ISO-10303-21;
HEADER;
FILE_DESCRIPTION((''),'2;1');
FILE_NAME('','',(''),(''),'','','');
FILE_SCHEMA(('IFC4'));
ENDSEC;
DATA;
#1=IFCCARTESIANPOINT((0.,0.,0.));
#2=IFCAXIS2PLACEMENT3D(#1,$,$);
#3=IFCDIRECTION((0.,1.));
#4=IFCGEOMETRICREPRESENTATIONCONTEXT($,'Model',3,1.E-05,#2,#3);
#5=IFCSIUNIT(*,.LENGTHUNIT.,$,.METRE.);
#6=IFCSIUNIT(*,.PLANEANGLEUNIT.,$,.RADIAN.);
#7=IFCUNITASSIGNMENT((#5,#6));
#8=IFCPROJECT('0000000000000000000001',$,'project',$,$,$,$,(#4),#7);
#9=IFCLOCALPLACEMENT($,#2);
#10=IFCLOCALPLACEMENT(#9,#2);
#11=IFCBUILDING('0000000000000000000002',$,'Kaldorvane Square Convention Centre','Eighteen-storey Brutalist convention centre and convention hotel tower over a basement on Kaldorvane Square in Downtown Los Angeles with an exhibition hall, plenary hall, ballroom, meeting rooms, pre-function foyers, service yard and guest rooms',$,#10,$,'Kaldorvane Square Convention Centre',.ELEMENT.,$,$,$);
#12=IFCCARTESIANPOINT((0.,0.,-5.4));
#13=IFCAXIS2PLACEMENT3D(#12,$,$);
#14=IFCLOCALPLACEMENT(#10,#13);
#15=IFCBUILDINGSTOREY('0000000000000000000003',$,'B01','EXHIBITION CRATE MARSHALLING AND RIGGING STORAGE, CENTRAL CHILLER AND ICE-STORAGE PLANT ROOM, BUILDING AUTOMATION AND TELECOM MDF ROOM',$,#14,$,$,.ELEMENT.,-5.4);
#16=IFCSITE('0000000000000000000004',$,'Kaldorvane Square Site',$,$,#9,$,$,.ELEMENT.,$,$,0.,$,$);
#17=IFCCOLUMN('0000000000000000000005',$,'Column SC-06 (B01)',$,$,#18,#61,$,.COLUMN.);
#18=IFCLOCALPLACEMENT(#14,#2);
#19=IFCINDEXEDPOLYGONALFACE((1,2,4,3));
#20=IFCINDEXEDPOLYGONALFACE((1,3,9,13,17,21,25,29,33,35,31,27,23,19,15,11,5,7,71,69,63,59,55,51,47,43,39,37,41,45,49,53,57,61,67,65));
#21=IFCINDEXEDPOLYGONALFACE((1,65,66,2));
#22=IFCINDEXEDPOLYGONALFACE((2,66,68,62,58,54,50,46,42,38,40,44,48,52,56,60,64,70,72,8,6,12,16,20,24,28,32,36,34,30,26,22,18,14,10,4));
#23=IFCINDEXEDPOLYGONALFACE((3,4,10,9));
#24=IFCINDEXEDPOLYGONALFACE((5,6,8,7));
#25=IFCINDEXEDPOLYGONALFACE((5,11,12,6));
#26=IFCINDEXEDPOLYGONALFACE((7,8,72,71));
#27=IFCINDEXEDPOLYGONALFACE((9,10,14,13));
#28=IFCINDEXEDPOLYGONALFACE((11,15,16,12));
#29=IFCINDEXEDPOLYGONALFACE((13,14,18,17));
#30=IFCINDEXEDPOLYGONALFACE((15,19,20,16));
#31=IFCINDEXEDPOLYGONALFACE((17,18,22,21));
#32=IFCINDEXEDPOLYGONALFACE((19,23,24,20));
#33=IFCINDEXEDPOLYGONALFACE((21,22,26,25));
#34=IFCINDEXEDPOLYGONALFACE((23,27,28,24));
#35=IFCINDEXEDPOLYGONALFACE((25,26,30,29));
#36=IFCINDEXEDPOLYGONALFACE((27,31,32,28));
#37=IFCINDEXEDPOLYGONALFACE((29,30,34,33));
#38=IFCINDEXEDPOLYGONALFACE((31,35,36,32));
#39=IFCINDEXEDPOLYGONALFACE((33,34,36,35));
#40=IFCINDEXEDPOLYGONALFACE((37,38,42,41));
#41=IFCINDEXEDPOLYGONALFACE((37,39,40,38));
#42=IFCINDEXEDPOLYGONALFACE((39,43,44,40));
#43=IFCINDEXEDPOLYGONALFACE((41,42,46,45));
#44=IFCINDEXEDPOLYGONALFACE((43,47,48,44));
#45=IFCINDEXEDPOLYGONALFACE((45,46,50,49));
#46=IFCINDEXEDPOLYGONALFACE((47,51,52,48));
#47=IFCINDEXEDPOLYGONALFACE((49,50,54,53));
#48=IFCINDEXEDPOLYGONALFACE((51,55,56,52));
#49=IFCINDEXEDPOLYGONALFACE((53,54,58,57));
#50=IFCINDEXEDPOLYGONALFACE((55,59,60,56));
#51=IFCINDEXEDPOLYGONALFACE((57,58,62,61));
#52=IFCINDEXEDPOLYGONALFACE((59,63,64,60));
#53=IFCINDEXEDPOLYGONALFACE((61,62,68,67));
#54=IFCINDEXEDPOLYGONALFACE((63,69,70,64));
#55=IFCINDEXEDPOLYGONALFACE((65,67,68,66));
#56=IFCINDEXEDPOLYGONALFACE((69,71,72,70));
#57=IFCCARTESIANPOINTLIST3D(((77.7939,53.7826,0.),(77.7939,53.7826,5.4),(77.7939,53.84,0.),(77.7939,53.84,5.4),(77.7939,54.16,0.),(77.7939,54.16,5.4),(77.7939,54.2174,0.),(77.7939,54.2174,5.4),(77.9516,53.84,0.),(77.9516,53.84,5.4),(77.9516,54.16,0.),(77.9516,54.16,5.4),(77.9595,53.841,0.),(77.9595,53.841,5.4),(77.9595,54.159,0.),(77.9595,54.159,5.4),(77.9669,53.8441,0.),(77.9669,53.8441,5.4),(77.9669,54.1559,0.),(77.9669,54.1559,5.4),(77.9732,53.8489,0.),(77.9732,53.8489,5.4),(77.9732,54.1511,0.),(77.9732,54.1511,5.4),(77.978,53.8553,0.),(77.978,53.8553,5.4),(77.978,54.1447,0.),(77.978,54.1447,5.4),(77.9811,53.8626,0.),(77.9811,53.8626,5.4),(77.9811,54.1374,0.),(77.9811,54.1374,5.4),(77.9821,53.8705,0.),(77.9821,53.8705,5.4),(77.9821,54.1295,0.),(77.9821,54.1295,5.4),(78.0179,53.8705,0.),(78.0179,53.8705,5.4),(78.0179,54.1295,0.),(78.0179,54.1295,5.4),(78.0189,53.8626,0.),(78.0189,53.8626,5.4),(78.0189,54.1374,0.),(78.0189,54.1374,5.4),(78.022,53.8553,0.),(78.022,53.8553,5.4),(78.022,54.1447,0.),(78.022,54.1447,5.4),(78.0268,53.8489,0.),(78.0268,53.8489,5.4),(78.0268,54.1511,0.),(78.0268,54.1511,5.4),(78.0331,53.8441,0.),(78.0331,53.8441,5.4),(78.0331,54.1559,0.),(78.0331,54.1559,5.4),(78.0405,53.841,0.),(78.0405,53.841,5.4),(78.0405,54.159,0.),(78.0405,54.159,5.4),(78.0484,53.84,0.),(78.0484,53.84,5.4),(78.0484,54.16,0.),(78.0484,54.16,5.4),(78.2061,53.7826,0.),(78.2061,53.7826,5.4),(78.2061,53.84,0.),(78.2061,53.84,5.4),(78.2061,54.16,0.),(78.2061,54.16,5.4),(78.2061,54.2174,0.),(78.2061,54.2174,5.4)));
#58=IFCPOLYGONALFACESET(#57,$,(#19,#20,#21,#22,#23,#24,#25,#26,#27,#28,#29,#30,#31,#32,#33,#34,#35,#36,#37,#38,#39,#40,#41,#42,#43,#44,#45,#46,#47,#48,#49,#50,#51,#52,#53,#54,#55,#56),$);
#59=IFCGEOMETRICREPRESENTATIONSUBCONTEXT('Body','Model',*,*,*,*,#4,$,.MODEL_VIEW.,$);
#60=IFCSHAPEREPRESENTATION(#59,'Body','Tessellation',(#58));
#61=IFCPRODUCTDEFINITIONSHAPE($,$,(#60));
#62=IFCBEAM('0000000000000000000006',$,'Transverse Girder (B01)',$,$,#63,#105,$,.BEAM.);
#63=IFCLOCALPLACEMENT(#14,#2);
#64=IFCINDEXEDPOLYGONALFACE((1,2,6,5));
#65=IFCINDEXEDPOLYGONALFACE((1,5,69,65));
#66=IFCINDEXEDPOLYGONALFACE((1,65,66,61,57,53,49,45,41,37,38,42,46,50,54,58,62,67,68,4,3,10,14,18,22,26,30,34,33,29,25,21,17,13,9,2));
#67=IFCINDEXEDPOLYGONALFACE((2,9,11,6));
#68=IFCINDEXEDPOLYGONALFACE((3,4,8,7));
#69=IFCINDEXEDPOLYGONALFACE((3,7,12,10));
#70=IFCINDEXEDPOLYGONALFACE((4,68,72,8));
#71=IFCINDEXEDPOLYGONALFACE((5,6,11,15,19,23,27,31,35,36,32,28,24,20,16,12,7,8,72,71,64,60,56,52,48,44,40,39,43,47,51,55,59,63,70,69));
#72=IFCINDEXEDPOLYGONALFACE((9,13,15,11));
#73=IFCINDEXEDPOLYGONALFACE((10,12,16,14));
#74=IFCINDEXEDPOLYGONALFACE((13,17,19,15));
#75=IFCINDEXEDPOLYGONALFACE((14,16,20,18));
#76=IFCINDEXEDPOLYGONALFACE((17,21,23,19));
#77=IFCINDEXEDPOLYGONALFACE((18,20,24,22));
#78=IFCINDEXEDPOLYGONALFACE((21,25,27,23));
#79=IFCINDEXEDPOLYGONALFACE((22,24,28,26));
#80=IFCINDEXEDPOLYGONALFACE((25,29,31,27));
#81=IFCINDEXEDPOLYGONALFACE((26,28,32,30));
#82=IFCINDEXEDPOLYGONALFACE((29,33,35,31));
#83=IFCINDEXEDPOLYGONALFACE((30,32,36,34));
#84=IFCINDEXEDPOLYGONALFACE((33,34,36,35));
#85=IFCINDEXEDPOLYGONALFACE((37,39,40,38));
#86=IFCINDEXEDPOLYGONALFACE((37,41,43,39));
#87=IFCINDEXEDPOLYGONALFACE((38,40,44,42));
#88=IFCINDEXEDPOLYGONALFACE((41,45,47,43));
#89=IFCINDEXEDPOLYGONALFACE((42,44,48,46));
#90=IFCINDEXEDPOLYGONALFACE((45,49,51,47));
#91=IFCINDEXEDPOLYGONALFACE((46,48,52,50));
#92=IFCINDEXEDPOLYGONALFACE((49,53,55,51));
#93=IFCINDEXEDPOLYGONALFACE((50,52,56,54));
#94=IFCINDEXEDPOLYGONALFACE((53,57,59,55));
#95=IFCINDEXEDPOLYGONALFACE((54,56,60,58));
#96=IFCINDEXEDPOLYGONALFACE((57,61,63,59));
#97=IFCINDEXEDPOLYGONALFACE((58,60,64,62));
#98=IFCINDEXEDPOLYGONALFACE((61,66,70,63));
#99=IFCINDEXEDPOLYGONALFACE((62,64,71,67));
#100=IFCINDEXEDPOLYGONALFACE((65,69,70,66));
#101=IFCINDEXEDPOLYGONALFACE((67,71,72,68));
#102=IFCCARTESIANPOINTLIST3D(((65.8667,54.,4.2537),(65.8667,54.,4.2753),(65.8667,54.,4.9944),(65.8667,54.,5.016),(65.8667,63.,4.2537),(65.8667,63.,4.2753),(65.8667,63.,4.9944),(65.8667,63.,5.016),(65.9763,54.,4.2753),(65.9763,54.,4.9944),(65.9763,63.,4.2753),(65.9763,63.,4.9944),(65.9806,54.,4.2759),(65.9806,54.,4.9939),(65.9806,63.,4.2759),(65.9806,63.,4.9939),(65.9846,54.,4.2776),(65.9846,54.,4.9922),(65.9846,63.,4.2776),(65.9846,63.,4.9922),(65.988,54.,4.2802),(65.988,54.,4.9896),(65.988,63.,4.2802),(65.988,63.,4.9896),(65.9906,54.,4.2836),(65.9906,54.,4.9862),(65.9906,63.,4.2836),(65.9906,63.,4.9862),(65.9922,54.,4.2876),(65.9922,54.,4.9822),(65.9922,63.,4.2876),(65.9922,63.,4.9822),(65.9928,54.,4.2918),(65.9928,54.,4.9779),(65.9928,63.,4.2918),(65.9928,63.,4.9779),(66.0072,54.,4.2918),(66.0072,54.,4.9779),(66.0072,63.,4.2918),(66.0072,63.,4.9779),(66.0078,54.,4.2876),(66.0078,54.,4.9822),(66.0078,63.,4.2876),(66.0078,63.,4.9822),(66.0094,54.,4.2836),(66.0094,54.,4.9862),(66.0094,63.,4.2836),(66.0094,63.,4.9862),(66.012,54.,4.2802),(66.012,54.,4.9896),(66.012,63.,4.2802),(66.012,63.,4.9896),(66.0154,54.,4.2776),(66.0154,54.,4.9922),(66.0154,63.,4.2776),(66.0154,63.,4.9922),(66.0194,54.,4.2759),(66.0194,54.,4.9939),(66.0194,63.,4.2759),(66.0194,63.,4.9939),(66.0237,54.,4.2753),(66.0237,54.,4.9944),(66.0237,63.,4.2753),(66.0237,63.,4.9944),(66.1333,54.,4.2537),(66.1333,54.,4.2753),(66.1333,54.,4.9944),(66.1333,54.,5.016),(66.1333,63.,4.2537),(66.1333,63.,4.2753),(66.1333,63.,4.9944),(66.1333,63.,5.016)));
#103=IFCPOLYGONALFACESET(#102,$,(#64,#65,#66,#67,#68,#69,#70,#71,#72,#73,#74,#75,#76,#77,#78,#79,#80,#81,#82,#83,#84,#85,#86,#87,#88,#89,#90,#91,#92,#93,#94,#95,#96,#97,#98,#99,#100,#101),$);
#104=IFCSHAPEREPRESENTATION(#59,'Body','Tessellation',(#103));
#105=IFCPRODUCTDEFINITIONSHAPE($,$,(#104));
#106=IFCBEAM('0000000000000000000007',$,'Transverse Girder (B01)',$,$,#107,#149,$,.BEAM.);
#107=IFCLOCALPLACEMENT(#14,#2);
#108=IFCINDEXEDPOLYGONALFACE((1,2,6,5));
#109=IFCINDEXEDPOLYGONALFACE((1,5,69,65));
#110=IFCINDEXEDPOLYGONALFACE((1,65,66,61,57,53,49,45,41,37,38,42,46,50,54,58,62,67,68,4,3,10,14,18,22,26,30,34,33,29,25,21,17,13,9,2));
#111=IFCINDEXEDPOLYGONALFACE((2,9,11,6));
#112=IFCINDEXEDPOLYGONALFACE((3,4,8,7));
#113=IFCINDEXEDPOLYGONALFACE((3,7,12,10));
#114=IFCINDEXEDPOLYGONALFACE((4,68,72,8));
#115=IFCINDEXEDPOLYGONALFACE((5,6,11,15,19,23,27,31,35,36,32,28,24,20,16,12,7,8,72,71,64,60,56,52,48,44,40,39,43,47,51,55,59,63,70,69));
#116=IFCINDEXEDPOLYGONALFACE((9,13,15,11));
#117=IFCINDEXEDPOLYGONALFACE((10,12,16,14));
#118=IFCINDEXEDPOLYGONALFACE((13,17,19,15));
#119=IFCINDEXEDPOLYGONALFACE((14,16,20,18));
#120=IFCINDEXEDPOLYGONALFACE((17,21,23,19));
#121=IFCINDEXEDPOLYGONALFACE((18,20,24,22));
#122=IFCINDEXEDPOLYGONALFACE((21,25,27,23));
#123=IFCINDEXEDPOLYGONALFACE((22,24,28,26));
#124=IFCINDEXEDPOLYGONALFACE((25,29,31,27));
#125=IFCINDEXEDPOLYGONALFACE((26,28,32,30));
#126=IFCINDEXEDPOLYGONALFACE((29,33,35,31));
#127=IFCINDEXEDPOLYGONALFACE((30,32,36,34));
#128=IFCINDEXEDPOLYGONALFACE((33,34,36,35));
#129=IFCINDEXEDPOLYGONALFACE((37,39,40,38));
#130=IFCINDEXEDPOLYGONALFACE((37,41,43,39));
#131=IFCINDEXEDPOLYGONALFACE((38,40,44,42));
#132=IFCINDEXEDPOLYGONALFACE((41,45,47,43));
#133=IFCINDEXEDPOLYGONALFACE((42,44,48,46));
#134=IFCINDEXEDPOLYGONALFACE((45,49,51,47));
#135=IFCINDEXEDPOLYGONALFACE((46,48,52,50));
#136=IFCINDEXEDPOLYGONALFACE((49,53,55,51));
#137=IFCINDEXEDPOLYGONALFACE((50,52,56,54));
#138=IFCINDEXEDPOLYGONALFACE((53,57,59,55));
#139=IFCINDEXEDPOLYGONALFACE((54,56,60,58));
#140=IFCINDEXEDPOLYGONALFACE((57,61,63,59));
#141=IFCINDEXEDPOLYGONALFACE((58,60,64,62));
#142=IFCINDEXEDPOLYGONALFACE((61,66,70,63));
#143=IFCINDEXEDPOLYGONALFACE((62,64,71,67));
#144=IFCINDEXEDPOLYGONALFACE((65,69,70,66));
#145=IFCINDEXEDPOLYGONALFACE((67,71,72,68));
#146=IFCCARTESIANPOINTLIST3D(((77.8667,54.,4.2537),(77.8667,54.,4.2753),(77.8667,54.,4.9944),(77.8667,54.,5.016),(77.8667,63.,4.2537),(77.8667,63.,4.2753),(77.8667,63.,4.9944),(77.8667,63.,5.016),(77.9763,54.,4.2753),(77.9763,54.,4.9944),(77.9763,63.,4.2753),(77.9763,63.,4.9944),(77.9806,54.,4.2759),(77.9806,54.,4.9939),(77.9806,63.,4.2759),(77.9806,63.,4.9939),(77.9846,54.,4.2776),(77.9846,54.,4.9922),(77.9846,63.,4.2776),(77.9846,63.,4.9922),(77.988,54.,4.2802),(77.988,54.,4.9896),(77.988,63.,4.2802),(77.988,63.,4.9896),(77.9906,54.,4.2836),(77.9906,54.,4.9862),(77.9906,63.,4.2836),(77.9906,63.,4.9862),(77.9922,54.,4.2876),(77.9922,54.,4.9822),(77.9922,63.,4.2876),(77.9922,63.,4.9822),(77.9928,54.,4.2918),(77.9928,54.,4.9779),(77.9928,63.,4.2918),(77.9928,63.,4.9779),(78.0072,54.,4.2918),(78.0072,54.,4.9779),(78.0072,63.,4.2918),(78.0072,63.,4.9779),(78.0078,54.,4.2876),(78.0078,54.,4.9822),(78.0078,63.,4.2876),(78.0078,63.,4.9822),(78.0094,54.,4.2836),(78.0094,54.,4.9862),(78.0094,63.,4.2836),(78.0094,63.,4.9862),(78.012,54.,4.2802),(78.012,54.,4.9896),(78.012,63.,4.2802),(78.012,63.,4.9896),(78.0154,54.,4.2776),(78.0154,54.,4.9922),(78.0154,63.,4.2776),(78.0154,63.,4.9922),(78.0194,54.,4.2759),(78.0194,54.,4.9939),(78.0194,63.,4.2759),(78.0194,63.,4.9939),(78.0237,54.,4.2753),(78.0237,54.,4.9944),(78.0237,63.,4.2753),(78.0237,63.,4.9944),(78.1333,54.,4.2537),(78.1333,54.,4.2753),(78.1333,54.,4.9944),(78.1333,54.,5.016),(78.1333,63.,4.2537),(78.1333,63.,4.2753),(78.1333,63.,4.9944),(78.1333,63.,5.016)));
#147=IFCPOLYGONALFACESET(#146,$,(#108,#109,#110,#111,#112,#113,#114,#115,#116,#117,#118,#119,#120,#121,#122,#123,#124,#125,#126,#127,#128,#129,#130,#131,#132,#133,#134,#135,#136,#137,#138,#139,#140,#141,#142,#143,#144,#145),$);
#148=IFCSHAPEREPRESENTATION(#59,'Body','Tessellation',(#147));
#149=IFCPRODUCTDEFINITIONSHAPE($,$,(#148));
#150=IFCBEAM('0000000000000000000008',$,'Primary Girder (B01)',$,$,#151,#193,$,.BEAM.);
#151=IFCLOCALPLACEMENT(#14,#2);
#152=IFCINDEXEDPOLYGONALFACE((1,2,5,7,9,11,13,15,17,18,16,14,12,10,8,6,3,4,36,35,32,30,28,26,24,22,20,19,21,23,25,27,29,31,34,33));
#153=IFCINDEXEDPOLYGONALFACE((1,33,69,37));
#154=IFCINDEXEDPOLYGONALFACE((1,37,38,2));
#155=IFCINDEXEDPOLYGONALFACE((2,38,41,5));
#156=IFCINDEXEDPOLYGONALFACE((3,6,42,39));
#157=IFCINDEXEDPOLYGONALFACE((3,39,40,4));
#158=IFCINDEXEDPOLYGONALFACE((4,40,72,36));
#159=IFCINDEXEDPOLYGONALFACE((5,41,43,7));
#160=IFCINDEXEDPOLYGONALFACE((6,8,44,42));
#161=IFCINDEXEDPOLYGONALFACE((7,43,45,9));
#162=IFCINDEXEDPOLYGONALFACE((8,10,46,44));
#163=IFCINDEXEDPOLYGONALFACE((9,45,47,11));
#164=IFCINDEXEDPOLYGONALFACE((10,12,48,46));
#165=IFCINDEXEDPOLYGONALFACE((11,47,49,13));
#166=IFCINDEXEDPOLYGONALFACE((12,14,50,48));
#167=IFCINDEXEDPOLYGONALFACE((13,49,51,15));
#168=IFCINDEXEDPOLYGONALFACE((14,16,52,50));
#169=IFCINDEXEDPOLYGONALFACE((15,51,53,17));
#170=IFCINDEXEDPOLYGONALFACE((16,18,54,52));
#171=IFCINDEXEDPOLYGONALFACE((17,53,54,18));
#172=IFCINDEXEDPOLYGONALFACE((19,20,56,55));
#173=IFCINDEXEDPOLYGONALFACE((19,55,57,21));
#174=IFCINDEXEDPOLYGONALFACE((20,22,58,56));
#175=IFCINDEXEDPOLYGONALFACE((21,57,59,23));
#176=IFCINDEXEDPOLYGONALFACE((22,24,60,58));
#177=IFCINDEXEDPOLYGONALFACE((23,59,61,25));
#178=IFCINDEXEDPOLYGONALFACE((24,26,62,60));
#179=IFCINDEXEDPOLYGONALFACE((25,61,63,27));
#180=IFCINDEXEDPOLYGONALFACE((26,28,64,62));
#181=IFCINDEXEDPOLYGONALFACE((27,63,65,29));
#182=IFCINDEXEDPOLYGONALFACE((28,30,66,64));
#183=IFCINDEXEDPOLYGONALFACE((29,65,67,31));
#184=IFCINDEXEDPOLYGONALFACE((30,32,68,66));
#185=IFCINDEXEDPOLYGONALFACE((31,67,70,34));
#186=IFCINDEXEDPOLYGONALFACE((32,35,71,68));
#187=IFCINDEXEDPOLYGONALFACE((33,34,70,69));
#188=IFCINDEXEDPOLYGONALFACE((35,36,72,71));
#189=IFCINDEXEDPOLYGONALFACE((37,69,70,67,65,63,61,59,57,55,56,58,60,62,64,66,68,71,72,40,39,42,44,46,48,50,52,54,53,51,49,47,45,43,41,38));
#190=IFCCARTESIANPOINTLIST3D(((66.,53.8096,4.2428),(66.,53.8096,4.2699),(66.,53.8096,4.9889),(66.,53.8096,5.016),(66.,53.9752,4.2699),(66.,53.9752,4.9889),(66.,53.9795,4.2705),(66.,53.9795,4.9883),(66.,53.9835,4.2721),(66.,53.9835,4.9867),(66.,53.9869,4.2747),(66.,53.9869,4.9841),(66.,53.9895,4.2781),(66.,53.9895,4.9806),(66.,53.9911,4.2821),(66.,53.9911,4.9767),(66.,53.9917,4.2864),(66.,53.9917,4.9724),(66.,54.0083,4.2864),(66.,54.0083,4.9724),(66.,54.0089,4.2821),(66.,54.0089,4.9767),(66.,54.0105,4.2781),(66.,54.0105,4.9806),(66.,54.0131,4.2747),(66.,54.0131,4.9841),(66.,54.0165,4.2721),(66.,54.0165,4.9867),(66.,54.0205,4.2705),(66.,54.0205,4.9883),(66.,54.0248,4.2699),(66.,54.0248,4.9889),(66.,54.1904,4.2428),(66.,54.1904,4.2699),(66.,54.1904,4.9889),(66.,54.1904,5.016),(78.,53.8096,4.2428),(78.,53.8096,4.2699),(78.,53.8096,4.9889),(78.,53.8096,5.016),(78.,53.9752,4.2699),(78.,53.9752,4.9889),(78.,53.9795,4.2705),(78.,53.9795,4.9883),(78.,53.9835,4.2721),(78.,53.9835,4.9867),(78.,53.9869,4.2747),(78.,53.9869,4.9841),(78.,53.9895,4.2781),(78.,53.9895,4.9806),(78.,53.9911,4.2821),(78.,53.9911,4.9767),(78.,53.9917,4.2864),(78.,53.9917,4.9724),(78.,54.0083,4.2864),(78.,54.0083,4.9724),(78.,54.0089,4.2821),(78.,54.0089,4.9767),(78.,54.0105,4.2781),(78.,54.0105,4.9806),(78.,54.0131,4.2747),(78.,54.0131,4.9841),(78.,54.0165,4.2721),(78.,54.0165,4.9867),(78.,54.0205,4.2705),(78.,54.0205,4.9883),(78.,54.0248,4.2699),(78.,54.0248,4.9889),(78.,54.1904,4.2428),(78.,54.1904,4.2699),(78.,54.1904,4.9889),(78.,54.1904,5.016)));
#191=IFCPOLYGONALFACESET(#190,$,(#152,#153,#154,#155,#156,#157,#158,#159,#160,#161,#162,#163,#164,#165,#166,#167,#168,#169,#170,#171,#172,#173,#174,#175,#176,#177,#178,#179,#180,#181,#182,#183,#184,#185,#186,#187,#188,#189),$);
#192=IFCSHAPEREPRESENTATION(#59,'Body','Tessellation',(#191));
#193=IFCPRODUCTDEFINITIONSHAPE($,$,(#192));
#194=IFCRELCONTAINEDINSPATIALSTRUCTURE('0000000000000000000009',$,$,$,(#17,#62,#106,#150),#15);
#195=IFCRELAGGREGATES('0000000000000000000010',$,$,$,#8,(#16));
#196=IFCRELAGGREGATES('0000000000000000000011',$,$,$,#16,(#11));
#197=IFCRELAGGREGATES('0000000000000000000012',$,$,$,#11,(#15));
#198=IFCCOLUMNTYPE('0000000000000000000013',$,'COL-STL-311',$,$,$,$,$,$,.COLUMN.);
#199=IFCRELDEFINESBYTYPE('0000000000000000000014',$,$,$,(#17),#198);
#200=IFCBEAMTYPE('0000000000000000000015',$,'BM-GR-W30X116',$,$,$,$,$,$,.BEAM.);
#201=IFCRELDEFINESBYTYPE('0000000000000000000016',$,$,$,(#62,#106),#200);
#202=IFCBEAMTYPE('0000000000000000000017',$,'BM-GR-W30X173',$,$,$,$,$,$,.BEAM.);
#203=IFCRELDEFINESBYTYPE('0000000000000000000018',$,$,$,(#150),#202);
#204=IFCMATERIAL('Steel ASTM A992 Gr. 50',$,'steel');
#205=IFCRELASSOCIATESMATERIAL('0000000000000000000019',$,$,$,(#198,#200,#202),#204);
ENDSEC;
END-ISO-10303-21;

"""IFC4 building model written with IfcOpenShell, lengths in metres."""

from ifc_helpers import new_model, si_unit, direction, frame, origin, origin_2d, place, context, subcontext, project, spatial, i_section, extrude, material, material_profile, profile_set, type_object, element, save


model = new_model("IFC4")

# Units and contexts
model_context = context("Model", 3, precision=1e-05, world=origin(), true_north=direction((0.0, 1.0)))
body_context = subcontext(model_context, "Body", "Model", "MODEL_VIEW")
ifc_project = project(units=[si_unit("LENGTHUNIT", "METRE"), si_unit("PLANEANGLEUNIT", "RADIAN")], contexts=[model_context])

# Site, building, storey
site_placement = place(None, origin())
site = spatial("IfcSite", under=ifc_project, at=site_placement, Name="Kaldorvane Square Site", CompositionType="ELEMENT", RefElevation=0.0)
building_placement = place(site_placement, origin())
building = spatial("IfcBuilding", under=site, at=building_placement, Name="Kaldorvane Square Convention Centre", Description="Eighteen-storey Brutalist convention centre and convention hotel tower over a basement on Kaldorvane Square in Downtown Los Angeles with an exhibition hall, plenary hall, ballroom, meeting rooms, pre-function foyers, service yard and guest rooms", LongName="Kaldorvane Square Convention Centre", CompositionType="ELEMENT")
storey_placement = place(building_placement, frame((0.0, 0.0, -5.4)))
storey = spatial("IfcBuildingStorey", under=building, at=storey_placement, Name="B01", Description="EXHIBITION CRATE MARSHALLING AND RIGGING STORAGE, CENTRAL CHILLER AND ICE-STORAGE PLANT ROOM, BUILDING AUTOMATION AND TELECOM MDF ROOM", CompositionType="ELEMENT", Elevation=-5.4)

# Column
ifc_material_1 = material(Name="Steel ASTM A992 Gr. 50", Category="steel")
ifc_material_profile_1 = material_profile(ifc_material_1, i_section(OverallWidth=0.4122, OverallDepth=0.4348, WebThickness=0.0358, FlangeThickness=0.0574, FilletRadius=0.0305, at=origin_2d()), Name="W14X311")
ifc_profile_set_1 = profile_set([ifc_material_profile_1], Name="Steel ASTM A992 Gr. 50")
column_type = type_object("IfcColumnType", Name="COL-STL-311", PredefinedType="COLUMN", material=ifc_profile_set_1)
for number, where, z_axis, x_axis, name in (
    (1, (78.0, 54.0, 0.0), (0.0, 0.0, 1.0), (1.0, 0.0, 0.0), "Column SC-06 (B01)"),
):
    element("IfcColumn", number, at=place(storey_placement, frame(where, z_axis=z_axis, x_axis=x_axis)), inside=storey, type_object=column_type, Name=name, PredefinedType="COLUMN", context=body_context, shape_type="SweptSolid", body=[
        extrude(i_section(OverallWidth=0.4122, OverallDepth=0.4348, WebThickness=0.0358, FlangeThickness=0.0574, FilletRadius=0.0305, at=origin_2d()), origin(), (0.0, 0.0, 1.0), 5.4),
    ])

# Beams
ifc_material_profile_2 = material_profile(ifc_material_1, i_section(OverallWidth=0.2666, OverallDepth=0.7623, WebThickness=0.0144, FlangeThickness=0.0216, FilletRadius=0.0165, at=origin_2d()), Name="W30X116")
ifc_profile_set_2 = profile_set([ifc_material_profile_2], Name="Steel ASTM A992 Gr. 50")
beam_type_1 = type_object("IfcBeamType", Name="BM-GR-W30X116", PredefinedType="BEAM", material=ifc_profile_set_2)
for number, where, z_axis, x_axis, name in (
    (2, (66.0, 54.0, 4.6349), (0.0, 1.0, 0.0), (-1.0, 0.0, 0.0), "Transverse Girder (B01)"),
    (3, (78.0, 54.0, 4.6349), (0.0, 1.0, 0.0), (-1.0, 0.0, 0.0), "Transverse Girder (B01)"),
):
    element("IfcBeam", number, at=place(storey_placement, frame(where, z_axis=z_axis, x_axis=x_axis)), inside=storey, type_object=beam_type_1, Name=name, PredefinedType="BEAM", context=body_context, shape_type="SweptSolid", body=[
        extrude(i_section(OverallWidth=0.2666, OverallDepth=0.7623, WebThickness=0.0144, FlangeThickness=0.0216, FilletRadius=0.0165, at=origin_2d()), origin(), (0.0, 0.0, 1.0), 9.0),
    ])
ifc_material_profile_3 = material_profile(ifc_material_1, i_section(OverallWidth=0.3807, OverallDepth=0.7732, WebThickness=0.0166, FlangeThickness=0.0271, FilletRadius=0.0165, at=origin_2d()), Name="W30X173")
ifc_profile_set_3 = profile_set([ifc_material_profile_3], Name="Steel ASTM A992 Gr. 50")
beam_type_2 = type_object("IfcBeamType", Name="BM-GR-W30X173", PredefinedType="BEAM", material=ifc_profile_set_3)
for number, where, z_axis, x_axis, name in (
    (4, (66.0, 54.0, 4.6294), (1.0, 0.0, 0.0), (0.0, 1.0, 0.0), "Primary Girder (B01)"),
):
    element("IfcBeam", number, at=place(storey_placement, frame(where, z_axis=z_axis, x_axis=x_axis)), inside=storey, type_object=beam_type_2, Name=name, PredefinedType="BEAM", context=body_context, shape_type="SweptSolid", body=[
        extrude(i_section(OverallWidth=0.3807, OverallDepth=0.7732, WebThickness=0.0166, FlangeThickness=0.0271, FilletRadius=0.0165, at=origin_2d()), origin(), (0.0, 0.0, 1.0), 12.0),
    ])

save(model, "model.ifc")
